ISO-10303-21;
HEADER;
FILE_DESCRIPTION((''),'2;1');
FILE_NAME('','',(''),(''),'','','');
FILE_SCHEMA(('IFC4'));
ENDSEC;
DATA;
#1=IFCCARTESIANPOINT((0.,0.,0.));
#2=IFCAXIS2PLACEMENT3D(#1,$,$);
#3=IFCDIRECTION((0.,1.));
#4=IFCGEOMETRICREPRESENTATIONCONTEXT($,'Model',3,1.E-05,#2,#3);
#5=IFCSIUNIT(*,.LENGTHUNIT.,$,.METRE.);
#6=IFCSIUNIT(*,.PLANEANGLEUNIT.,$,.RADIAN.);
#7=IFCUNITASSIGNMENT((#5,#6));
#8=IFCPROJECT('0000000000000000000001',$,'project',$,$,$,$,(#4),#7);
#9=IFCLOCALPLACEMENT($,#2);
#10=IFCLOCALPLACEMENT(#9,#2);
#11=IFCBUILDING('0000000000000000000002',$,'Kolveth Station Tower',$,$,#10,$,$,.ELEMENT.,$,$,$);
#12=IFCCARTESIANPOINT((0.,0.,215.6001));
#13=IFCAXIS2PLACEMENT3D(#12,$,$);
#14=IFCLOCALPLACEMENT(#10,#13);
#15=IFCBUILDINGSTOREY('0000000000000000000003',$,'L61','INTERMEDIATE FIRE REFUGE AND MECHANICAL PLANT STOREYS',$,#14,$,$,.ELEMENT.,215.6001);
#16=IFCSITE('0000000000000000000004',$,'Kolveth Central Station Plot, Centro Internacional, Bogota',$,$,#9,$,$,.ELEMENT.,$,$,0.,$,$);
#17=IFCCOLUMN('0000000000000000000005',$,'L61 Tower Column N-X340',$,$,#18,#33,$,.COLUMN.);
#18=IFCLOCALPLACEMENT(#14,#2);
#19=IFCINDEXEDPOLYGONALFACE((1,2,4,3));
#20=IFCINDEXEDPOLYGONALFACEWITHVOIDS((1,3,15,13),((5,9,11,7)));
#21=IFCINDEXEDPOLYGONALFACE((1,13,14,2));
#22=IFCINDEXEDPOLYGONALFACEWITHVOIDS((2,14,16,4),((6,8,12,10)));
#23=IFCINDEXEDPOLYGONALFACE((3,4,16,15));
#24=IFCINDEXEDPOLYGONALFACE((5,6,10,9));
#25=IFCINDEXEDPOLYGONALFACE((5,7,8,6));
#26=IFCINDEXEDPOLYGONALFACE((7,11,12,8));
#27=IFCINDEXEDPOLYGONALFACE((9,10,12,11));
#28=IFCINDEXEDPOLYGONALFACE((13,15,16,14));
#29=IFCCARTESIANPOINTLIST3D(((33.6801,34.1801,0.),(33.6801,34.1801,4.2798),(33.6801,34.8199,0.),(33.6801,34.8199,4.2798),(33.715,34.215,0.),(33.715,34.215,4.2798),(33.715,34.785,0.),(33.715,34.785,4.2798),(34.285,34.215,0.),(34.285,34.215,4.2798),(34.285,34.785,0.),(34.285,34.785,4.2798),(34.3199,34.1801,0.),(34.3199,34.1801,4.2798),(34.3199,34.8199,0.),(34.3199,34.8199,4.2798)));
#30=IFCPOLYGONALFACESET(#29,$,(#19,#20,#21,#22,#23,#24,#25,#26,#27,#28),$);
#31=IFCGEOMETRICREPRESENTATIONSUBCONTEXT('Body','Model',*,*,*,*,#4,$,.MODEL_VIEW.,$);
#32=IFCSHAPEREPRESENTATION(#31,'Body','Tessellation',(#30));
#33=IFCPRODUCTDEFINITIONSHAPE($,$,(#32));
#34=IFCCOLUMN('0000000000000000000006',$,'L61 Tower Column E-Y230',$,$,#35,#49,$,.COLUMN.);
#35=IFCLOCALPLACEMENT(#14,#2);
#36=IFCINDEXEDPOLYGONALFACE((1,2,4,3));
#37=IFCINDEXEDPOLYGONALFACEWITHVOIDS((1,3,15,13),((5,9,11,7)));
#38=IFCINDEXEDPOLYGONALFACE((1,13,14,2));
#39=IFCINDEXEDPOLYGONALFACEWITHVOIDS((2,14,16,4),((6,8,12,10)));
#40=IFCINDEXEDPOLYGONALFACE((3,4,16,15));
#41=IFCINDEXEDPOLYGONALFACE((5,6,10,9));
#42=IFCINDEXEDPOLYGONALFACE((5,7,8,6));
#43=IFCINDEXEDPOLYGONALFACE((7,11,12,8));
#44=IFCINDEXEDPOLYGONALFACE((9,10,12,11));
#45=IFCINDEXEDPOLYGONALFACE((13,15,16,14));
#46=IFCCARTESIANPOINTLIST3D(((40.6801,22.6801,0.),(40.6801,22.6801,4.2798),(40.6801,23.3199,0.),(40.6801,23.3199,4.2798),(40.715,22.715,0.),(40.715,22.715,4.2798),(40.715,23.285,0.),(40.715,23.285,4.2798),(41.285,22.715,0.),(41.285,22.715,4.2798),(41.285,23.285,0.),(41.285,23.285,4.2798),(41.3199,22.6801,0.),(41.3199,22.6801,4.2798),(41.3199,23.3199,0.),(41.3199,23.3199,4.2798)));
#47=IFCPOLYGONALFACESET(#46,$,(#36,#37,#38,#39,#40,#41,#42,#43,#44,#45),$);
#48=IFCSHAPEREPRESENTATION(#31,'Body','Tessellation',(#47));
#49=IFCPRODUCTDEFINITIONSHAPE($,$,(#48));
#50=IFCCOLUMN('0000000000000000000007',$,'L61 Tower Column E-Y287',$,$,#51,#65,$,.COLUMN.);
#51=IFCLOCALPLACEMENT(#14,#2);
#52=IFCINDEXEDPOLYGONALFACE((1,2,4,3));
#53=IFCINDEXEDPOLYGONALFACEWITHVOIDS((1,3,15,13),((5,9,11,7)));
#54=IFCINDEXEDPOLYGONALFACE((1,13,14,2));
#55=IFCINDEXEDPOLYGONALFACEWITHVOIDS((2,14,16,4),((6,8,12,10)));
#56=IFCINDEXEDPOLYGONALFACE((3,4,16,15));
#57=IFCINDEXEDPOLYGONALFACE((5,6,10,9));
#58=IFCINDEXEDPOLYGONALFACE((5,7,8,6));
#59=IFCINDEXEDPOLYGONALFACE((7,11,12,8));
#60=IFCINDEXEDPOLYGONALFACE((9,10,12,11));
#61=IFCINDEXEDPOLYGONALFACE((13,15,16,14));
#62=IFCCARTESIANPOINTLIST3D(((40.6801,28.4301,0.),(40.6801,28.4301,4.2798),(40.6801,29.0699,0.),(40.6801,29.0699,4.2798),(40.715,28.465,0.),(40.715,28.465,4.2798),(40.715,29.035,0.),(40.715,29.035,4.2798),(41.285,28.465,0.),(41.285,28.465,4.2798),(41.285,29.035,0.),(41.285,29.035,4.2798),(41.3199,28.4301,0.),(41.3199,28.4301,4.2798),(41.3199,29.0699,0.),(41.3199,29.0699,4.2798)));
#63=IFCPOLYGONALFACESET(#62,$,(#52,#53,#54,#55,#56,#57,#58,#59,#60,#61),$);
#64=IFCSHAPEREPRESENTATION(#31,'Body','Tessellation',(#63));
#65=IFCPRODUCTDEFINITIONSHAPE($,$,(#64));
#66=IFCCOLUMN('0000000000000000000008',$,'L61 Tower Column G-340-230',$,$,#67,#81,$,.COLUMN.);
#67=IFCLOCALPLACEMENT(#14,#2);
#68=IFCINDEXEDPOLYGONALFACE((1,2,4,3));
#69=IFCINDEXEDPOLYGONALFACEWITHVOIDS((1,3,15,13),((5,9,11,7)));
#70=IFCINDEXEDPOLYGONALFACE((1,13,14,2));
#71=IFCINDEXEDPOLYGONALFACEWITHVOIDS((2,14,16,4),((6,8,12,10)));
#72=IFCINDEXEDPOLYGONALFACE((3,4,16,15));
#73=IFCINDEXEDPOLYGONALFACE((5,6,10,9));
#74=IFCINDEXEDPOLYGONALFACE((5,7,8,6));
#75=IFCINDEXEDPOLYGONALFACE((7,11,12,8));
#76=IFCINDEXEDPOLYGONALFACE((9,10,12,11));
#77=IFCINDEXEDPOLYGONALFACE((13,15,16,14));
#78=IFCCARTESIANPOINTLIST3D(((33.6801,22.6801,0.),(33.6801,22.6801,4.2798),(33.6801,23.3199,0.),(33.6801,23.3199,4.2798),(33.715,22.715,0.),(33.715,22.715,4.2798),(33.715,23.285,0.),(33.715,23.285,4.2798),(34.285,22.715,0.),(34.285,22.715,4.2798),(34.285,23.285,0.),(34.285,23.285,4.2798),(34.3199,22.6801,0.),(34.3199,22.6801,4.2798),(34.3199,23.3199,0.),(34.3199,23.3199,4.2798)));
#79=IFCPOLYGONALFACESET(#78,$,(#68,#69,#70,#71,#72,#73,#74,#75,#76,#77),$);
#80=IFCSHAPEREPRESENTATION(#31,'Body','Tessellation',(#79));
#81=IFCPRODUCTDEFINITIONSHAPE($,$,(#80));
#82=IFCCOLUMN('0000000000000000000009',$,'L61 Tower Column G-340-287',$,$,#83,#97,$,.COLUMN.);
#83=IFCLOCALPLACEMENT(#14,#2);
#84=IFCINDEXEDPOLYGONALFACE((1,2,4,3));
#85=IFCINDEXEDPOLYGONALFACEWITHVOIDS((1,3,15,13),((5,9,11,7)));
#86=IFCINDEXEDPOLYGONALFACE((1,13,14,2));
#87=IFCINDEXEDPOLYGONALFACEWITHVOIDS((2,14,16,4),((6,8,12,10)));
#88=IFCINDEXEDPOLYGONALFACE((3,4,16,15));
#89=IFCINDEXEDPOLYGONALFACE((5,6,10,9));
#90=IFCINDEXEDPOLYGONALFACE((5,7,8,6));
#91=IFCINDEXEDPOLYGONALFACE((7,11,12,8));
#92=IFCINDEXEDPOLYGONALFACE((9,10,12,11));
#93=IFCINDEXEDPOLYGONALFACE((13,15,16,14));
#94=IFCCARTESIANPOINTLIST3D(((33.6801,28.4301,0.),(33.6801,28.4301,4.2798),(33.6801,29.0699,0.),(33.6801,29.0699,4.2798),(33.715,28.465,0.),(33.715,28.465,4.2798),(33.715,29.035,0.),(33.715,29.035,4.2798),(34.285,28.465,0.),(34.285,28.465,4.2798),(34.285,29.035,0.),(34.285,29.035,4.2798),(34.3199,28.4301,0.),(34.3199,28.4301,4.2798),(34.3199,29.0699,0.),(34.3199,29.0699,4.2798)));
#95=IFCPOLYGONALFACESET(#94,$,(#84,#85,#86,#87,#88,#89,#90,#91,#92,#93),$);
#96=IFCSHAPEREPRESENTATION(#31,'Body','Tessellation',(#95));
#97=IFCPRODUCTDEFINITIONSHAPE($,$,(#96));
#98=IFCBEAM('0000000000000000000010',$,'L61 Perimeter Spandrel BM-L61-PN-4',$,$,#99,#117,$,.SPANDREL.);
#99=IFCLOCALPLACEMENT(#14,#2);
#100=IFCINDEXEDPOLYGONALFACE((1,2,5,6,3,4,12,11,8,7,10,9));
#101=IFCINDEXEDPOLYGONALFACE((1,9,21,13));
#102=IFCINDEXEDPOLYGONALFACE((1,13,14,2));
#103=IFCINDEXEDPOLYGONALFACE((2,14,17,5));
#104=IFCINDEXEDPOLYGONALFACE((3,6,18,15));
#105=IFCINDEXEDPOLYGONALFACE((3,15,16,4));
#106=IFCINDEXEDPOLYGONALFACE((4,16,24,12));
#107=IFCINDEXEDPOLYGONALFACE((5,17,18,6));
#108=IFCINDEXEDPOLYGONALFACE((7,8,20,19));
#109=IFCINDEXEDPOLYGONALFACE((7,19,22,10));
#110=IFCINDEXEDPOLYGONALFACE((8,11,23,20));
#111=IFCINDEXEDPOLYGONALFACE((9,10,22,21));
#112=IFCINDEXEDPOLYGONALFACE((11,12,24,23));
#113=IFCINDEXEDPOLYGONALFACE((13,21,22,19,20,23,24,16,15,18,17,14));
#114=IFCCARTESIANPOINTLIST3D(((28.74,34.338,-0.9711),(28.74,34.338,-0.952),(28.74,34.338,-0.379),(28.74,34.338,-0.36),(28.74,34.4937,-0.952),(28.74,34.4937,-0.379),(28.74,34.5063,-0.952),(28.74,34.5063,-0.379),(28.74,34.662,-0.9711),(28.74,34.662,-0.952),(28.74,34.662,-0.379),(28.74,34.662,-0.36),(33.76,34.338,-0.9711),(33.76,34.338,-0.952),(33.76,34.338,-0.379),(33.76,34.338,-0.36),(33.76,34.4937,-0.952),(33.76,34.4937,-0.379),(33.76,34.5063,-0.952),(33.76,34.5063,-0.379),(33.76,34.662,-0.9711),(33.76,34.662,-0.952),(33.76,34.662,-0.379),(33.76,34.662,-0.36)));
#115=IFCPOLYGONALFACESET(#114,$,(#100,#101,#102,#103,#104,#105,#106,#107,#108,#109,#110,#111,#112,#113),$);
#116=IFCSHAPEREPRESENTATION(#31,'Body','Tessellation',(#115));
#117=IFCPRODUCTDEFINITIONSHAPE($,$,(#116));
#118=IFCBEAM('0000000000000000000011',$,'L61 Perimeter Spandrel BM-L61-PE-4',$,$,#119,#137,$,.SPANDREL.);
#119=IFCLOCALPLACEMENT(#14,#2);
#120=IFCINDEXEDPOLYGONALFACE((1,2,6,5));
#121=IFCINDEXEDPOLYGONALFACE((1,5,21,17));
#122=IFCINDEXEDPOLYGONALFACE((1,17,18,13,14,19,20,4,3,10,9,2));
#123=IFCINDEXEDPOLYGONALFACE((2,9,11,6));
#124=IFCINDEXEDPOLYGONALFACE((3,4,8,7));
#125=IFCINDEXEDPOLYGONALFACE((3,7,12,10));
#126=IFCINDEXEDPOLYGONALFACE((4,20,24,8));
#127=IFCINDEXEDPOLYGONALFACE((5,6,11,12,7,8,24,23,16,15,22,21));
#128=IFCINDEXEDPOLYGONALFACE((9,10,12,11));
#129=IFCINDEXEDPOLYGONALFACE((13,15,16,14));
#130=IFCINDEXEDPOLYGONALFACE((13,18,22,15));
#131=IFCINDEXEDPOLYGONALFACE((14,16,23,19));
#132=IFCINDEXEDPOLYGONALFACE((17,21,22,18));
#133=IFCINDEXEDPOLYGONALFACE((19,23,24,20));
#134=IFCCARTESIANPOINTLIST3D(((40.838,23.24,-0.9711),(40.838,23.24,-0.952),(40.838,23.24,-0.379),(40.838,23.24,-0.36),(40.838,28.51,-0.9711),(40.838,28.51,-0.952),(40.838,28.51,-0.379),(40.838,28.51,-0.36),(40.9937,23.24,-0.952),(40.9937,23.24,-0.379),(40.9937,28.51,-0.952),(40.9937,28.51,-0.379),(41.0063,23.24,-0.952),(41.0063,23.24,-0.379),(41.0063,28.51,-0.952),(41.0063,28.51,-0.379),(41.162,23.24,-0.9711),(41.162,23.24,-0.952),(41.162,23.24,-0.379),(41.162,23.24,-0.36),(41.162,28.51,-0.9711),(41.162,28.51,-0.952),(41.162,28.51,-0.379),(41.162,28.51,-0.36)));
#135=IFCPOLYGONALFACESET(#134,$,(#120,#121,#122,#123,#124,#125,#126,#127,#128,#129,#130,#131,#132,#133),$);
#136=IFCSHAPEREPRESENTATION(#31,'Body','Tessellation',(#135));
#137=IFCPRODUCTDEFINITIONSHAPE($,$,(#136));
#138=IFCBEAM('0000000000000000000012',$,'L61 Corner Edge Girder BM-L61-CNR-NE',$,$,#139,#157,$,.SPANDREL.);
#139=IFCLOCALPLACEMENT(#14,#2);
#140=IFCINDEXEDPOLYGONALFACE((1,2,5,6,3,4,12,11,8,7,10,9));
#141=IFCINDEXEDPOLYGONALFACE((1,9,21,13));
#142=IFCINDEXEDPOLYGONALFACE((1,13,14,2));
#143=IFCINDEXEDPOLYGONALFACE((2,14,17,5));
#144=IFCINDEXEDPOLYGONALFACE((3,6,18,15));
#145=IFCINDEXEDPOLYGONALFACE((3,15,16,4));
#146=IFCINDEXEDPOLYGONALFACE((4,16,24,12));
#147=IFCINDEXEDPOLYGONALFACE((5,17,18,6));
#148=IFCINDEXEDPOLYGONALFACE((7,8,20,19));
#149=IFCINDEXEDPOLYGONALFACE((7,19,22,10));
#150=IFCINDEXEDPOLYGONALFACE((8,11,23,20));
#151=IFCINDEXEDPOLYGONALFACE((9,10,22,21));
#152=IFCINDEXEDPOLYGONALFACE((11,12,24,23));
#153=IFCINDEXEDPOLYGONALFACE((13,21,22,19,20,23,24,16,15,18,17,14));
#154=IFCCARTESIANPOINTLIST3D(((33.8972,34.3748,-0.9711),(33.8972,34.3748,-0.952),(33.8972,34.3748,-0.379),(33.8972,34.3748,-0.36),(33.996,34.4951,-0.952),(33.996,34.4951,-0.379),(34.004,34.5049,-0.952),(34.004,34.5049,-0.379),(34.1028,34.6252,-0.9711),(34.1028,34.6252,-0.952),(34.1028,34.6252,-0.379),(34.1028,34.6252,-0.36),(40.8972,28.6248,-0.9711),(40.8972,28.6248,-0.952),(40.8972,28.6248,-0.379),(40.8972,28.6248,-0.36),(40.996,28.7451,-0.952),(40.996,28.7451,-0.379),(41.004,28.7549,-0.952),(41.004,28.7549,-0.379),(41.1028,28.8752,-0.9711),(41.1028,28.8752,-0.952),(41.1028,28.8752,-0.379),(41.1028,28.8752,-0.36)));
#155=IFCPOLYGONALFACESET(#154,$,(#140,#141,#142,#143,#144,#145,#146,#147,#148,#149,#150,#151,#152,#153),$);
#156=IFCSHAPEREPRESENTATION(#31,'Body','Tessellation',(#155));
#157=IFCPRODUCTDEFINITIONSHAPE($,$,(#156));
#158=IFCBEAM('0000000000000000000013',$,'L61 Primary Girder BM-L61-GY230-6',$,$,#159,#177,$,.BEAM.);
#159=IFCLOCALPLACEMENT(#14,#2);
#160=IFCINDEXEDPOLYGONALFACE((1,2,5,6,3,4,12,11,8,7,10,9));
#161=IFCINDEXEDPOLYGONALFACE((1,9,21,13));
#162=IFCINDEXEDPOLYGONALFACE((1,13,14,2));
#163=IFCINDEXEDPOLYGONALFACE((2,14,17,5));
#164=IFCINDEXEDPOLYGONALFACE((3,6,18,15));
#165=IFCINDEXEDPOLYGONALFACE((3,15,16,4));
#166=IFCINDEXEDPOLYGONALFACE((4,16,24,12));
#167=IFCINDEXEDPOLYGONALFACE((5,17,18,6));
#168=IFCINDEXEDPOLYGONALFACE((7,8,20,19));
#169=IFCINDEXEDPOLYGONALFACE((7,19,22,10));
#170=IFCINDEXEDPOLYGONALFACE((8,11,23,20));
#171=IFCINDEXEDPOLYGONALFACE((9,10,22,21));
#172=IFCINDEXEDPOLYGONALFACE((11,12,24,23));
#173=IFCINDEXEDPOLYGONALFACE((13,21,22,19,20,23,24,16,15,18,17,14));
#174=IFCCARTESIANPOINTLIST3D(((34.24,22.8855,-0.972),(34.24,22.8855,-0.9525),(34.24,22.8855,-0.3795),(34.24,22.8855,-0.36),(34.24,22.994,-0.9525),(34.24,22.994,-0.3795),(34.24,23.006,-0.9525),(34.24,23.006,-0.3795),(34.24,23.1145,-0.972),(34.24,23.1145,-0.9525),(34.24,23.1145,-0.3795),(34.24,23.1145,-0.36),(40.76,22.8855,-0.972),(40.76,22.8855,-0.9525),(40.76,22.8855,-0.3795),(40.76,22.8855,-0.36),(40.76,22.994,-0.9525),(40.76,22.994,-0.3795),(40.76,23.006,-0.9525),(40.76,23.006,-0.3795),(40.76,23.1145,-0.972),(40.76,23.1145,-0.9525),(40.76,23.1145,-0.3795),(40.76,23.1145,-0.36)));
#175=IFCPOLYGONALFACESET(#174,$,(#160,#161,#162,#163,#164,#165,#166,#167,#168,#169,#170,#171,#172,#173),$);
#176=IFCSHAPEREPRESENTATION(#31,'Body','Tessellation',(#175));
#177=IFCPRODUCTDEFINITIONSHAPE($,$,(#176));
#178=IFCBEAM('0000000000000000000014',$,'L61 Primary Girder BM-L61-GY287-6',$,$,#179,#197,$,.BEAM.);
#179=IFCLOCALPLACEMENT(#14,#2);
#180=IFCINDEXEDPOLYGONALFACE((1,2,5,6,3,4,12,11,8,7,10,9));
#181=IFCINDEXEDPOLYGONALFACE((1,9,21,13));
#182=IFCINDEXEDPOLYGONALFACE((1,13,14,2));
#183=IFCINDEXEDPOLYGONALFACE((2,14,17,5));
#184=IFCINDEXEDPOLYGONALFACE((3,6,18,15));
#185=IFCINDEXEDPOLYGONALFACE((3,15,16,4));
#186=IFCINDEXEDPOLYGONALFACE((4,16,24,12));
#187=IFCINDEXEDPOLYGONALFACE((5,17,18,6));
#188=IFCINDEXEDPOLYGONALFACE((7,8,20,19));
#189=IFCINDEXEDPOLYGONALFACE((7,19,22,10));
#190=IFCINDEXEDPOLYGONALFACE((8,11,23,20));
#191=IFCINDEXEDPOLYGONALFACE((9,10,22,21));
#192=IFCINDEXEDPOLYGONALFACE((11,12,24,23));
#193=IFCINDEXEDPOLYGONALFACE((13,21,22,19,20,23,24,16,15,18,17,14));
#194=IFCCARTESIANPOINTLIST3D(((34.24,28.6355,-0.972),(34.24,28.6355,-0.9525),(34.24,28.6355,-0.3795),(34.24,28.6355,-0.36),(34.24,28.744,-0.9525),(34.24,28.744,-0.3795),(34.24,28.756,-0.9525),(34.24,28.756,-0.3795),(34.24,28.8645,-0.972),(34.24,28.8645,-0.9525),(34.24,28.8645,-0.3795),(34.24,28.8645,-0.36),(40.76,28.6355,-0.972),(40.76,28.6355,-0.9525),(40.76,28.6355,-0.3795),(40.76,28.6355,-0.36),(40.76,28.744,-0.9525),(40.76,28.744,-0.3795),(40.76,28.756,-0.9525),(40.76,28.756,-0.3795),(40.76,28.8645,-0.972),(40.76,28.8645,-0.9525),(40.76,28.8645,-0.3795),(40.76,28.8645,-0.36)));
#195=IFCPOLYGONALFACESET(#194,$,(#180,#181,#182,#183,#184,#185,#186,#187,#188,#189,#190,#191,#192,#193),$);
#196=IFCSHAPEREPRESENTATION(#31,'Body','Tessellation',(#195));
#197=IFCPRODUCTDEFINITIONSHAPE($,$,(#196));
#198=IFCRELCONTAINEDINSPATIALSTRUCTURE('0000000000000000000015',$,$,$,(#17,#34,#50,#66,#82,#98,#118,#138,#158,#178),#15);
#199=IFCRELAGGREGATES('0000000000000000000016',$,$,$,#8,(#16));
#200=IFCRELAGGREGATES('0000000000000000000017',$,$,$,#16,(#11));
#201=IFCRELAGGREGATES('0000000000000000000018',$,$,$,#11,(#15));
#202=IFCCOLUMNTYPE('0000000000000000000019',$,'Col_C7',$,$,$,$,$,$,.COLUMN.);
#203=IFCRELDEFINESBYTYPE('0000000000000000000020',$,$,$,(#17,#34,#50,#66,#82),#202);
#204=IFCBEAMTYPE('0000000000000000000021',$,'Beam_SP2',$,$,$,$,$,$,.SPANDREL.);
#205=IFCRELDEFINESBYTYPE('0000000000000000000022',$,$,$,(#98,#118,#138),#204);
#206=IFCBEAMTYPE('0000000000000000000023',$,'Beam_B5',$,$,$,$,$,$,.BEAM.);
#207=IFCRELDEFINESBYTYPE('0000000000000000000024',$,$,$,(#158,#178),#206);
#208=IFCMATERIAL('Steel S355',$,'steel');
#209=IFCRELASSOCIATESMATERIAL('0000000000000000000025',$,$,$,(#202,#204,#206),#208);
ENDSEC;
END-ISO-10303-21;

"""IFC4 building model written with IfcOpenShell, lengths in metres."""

from ifc_helpers import new_model, si_unit, direction, frame, origin, origin_2d, place, context, subcontext, project, spatial, hollow_rectangle, i_section, extrude, source, transform, mapped, material, material_profile, profile_set, type_object, element, save


model = new_model("IFC4")

# Units and contexts
model_context = context("Model", 3, precision=1e-05, world=origin(), true_north=direction((0.0, 1.0)))
body_context = subcontext(model_context, "Body", "Model", "MODEL_VIEW")
ifc_project = project(units=[si_unit("LENGTHUNIT", "METRE"), si_unit("PLANEANGLEUNIT", "RADIAN")], contexts=[model_context])

# Site, building, storey
site_placement = place(None, origin())
site = spatial("IfcSite", under=ifc_project, at=site_placement, Name="Kolveth Central Station Plot, Centro Internacional, Bogota", CompositionType="ELEMENT", RefElevation=0.0)
building_placement = place(site_placement, origin())
building = spatial("IfcBuilding", under=site, at=building_placement, Name="Kolveth Station Tower", CompositionType="ELEMENT")
storey_placement = place(building_placement, frame((0.0, 0.0, 215.6001)))
storey = spatial("IfcBuildingStorey", under=building, at=storey_placement, Name="L61", Description="INTERMEDIATE FIRE REFUGE AND MECHANICAL PLANT STOREYS", CompositionType="ELEMENT", Elevation=215.6001)

# Columns
ifc_material_1 = material(Name="Steel S355", Category="steel")
ifc_material_profile_1 = material_profile(ifc_material_1, hollow_rectangle(XDim=0.6399, YDim=0.6399, WallThickness=0.0349, at=origin_2d()), Name="BOX640x640x35")
ifc_profile_set_1 = profile_set([ifc_material_profile_1], Name="Steel S355")
column_type = type_object("IfcColumnType", Name="Col_C7", PredefinedType="COLUMN", material=ifc_profile_set_1)
shared_shape_1 = source(origin(), body_context, "Body", "SweptSolid", [
    extrude(hollow_rectangle(XDim=0.6399, YDim=0.6399, WallThickness=0.0349, at=origin_2d()), origin(), (0.0, 0.0, 1.0), 4.2798),
])
for number, where, z_axis, x_axis, name in (
    (1, (34.0, 34.5, 0.0), (0.0, 0.0, 1.0), (1.0, 0.0, 0.0), "L61 Tower Column N-X340"),
    (2, (41.0, 23.0, 0.0), (0.0, 0.0, 1.0), (1.0, 0.0, 0.0), "L61 Tower Column E-Y230"),
    (3, (41.0, 28.75, 0.0), (0.0, 0.0, 1.0), (1.0, 0.0, 0.0), "L61 Tower Column E-Y287"),
    (4, (34.0, 23.0, 0.0), (0.0, 0.0, 1.0), (1.0, 0.0, 0.0), "L61 Tower Column G-340-230"),
    (5, (34.0, 28.75, 0.0), (0.0, 0.0, 1.0), (1.0, 0.0, 0.0), "L61 Tower Column G-340-287"),
):
    element("IfcColumn", number, at=place(storey_placement, frame(where, z_axis=z_axis, x_axis=x_axis)), inside=storey, type_object=column_type, Name=name, PredefinedType="COLUMN", context=body_context, shape_type="MappedRepresentation", body=[
        mapped(shared_shape_1, transform((0.0, 0.0, 0.0), x_axis=(1.0, 0.0, 0.0), y_axis=(0.0, 1.0, 0.0), z_axis=(0.0, 0.0, 1.0), scale=1.0)),
    ])

# Beams
ifc_material_profile_2 = material_profile(ifc_material_1, i_section(OverallWidth=0.324, OverallDepth=0.6111, WebThickness=0.0127, FlangeThickness=0.019, at=origin_2d()), Name="W610x155")
ifc_profile_set_2 = profile_set([ifc_material_profile_2], Name="Steel S355")
beam_type_1 = type_object("IfcBeamType", Name="Beam_SP2", PredefinedType="SPANDREL", material=ifc_profile_set_2)
shared_shape_2 = source(origin(), body_context, "Body", "SweptSolid", [
    extrude(i_section(OverallWidth=0.324, OverallDepth=0.6111, WebThickness=0.0127, FlangeThickness=0.019, at=origin_2d()), origin(), (0.0, 0.0, 1.0), 5.02),
])
beam_1_placement = place(storey_placement, frame((28.74, 34.5, -0.6655), z_axis=(1.0, 0.0, 0.0), x_axis=(0.0, 1.0, 0.0)))
element("IfcBeam", 6, at=beam_1_placement, inside=storey, type_object=beam_type_1, Name="L61 Perimeter Spandrel BM-L61-PN-4", PredefinedType="SPANDREL", context=body_context, shape_type="MappedRepresentation", body=[
    mapped(shared_shape_2, transform((0.0, 0.0, 0.0), x_axis=(1.0, 0.0, 0.0), y_axis=(0.0, 1.0, 0.0), z_axis=(0.0, 0.0, 1.0), scale=1.0)),
])
shared_shape_3 = source(origin(), body_context, "Body", "SweptSolid", [
    extrude(i_section(OverallWidth=0.324, OverallDepth=0.6111, WebThickness=0.0127, FlangeThickness=0.019, at=origin_2d()), origin(), (0.0, 0.0, 1.0), 5.27),
])
beam_2_placement = place(storey_placement, frame((41.0, 23.24, -0.6655), z_axis=(0.0, 1.0, 0.0), x_axis=(-1.0, 0.0, 0.0)))
element("IfcBeam", 7, at=beam_2_placement, inside=storey, type_object=beam_type_1, Name="L61 Perimeter Spandrel BM-L61-PE-4", PredefinedType="SPANDREL", context=body_context, shape_type="MappedRepresentation", body=[
    mapped(shared_shape_3, transform((0.0, 0.0, 0.0), x_axis=(1.0, 0.0, 0.0), y_axis=(0.0, 1.0, 0.0), z_axis=(0.0, 0.0, 1.0), scale=1.0)),
])
shared_shape_4 = source(origin(), body_context, "Body", "SweptSolid", [
    extrude(i_section(OverallWidth=0.324, OverallDepth=0.6111, WebThickness=0.0127, FlangeThickness=0.019, at=origin_2d()), origin(), (0.0, 0.0, 1.0), 9.0588),
])
beam_3_placement = place(storey_placement, frame((41.0, 28.75, -0.6655), z_axis=(-0.772726, 0.634739, 0.0), x_axis=(-0.634739, -0.772726, 0.0)))
element("IfcBeam", 8, at=beam_3_placement, inside=storey, type_object=beam_type_1, Name="L61 Corner Edge Girder BM-L61-CNR-NE", PredefinedType="SPANDREL", context=body_context, shape_type="MappedRepresentation", body=[
    mapped(shared_shape_4, transform((0.0, 0.0, 0.0), x_axis=(1.0, 0.0, 0.0), y_axis=(0.0, 1.0, 0.0), z_axis=(0.0, 0.0, 1.0), scale=1.0)),
])
ifc_material_profile_3 = material_profile(ifc_material_1, i_section(OverallWidth=0.229, OverallDepth=0.6121, WebThickness=0.012, FlangeThickness=0.0195, at=origin_2d()), Name="W610x125")
ifc_profile_set_3 = profile_set([ifc_material_profile_3], Name="Steel S355")
beam_type_2 = type_object("IfcBeamType", Name="Beam_B5", PredefinedType="BEAM", material=ifc_profile_set_3)
shared_shape_5 = source(origin(), body_context, "Body", "SweptSolid", [
    extrude(i_section(OverallWidth=0.229, OverallDepth=0.6121, WebThickness=0.012, FlangeThickness=0.0195, at=origin_2d()), origin(), (0.0, 0.0, 1.0), 6.52),
])
for number, where, z_axis, x_axis, name in (
    (9, (34.24, 23.0, -0.666), (1.0, 0.0, 0.0), (0.0, 1.0, 0.0), "L61 Primary Girder BM-L61-GY230-6"),
    (10, (34.24, 28.75, -0.666), (1.0, 0.0, 0.0), (0.0, 1.0, 0.0), "L61 Primary Girder BM-L61-GY287-6"),
):
    element("IfcBeam", number, at=place(storey_placement, frame(where, z_axis=z_axis, x_axis=x_axis)), inside=storey, type_object=beam_type_2, Name=name, PredefinedType="BEAM", context=body_context, shape_type="MappedRepresentation", body=[
        mapped(shared_shape_5, transform((0.0, 0.0, 0.0), x_axis=(1.0, 0.0, 0.0), y_axis=(0.0, 1.0, 0.0), z_axis=(0.0, 0.0, 1.0), scale=1.0)),
    ])

save(model, "model.ifc")
